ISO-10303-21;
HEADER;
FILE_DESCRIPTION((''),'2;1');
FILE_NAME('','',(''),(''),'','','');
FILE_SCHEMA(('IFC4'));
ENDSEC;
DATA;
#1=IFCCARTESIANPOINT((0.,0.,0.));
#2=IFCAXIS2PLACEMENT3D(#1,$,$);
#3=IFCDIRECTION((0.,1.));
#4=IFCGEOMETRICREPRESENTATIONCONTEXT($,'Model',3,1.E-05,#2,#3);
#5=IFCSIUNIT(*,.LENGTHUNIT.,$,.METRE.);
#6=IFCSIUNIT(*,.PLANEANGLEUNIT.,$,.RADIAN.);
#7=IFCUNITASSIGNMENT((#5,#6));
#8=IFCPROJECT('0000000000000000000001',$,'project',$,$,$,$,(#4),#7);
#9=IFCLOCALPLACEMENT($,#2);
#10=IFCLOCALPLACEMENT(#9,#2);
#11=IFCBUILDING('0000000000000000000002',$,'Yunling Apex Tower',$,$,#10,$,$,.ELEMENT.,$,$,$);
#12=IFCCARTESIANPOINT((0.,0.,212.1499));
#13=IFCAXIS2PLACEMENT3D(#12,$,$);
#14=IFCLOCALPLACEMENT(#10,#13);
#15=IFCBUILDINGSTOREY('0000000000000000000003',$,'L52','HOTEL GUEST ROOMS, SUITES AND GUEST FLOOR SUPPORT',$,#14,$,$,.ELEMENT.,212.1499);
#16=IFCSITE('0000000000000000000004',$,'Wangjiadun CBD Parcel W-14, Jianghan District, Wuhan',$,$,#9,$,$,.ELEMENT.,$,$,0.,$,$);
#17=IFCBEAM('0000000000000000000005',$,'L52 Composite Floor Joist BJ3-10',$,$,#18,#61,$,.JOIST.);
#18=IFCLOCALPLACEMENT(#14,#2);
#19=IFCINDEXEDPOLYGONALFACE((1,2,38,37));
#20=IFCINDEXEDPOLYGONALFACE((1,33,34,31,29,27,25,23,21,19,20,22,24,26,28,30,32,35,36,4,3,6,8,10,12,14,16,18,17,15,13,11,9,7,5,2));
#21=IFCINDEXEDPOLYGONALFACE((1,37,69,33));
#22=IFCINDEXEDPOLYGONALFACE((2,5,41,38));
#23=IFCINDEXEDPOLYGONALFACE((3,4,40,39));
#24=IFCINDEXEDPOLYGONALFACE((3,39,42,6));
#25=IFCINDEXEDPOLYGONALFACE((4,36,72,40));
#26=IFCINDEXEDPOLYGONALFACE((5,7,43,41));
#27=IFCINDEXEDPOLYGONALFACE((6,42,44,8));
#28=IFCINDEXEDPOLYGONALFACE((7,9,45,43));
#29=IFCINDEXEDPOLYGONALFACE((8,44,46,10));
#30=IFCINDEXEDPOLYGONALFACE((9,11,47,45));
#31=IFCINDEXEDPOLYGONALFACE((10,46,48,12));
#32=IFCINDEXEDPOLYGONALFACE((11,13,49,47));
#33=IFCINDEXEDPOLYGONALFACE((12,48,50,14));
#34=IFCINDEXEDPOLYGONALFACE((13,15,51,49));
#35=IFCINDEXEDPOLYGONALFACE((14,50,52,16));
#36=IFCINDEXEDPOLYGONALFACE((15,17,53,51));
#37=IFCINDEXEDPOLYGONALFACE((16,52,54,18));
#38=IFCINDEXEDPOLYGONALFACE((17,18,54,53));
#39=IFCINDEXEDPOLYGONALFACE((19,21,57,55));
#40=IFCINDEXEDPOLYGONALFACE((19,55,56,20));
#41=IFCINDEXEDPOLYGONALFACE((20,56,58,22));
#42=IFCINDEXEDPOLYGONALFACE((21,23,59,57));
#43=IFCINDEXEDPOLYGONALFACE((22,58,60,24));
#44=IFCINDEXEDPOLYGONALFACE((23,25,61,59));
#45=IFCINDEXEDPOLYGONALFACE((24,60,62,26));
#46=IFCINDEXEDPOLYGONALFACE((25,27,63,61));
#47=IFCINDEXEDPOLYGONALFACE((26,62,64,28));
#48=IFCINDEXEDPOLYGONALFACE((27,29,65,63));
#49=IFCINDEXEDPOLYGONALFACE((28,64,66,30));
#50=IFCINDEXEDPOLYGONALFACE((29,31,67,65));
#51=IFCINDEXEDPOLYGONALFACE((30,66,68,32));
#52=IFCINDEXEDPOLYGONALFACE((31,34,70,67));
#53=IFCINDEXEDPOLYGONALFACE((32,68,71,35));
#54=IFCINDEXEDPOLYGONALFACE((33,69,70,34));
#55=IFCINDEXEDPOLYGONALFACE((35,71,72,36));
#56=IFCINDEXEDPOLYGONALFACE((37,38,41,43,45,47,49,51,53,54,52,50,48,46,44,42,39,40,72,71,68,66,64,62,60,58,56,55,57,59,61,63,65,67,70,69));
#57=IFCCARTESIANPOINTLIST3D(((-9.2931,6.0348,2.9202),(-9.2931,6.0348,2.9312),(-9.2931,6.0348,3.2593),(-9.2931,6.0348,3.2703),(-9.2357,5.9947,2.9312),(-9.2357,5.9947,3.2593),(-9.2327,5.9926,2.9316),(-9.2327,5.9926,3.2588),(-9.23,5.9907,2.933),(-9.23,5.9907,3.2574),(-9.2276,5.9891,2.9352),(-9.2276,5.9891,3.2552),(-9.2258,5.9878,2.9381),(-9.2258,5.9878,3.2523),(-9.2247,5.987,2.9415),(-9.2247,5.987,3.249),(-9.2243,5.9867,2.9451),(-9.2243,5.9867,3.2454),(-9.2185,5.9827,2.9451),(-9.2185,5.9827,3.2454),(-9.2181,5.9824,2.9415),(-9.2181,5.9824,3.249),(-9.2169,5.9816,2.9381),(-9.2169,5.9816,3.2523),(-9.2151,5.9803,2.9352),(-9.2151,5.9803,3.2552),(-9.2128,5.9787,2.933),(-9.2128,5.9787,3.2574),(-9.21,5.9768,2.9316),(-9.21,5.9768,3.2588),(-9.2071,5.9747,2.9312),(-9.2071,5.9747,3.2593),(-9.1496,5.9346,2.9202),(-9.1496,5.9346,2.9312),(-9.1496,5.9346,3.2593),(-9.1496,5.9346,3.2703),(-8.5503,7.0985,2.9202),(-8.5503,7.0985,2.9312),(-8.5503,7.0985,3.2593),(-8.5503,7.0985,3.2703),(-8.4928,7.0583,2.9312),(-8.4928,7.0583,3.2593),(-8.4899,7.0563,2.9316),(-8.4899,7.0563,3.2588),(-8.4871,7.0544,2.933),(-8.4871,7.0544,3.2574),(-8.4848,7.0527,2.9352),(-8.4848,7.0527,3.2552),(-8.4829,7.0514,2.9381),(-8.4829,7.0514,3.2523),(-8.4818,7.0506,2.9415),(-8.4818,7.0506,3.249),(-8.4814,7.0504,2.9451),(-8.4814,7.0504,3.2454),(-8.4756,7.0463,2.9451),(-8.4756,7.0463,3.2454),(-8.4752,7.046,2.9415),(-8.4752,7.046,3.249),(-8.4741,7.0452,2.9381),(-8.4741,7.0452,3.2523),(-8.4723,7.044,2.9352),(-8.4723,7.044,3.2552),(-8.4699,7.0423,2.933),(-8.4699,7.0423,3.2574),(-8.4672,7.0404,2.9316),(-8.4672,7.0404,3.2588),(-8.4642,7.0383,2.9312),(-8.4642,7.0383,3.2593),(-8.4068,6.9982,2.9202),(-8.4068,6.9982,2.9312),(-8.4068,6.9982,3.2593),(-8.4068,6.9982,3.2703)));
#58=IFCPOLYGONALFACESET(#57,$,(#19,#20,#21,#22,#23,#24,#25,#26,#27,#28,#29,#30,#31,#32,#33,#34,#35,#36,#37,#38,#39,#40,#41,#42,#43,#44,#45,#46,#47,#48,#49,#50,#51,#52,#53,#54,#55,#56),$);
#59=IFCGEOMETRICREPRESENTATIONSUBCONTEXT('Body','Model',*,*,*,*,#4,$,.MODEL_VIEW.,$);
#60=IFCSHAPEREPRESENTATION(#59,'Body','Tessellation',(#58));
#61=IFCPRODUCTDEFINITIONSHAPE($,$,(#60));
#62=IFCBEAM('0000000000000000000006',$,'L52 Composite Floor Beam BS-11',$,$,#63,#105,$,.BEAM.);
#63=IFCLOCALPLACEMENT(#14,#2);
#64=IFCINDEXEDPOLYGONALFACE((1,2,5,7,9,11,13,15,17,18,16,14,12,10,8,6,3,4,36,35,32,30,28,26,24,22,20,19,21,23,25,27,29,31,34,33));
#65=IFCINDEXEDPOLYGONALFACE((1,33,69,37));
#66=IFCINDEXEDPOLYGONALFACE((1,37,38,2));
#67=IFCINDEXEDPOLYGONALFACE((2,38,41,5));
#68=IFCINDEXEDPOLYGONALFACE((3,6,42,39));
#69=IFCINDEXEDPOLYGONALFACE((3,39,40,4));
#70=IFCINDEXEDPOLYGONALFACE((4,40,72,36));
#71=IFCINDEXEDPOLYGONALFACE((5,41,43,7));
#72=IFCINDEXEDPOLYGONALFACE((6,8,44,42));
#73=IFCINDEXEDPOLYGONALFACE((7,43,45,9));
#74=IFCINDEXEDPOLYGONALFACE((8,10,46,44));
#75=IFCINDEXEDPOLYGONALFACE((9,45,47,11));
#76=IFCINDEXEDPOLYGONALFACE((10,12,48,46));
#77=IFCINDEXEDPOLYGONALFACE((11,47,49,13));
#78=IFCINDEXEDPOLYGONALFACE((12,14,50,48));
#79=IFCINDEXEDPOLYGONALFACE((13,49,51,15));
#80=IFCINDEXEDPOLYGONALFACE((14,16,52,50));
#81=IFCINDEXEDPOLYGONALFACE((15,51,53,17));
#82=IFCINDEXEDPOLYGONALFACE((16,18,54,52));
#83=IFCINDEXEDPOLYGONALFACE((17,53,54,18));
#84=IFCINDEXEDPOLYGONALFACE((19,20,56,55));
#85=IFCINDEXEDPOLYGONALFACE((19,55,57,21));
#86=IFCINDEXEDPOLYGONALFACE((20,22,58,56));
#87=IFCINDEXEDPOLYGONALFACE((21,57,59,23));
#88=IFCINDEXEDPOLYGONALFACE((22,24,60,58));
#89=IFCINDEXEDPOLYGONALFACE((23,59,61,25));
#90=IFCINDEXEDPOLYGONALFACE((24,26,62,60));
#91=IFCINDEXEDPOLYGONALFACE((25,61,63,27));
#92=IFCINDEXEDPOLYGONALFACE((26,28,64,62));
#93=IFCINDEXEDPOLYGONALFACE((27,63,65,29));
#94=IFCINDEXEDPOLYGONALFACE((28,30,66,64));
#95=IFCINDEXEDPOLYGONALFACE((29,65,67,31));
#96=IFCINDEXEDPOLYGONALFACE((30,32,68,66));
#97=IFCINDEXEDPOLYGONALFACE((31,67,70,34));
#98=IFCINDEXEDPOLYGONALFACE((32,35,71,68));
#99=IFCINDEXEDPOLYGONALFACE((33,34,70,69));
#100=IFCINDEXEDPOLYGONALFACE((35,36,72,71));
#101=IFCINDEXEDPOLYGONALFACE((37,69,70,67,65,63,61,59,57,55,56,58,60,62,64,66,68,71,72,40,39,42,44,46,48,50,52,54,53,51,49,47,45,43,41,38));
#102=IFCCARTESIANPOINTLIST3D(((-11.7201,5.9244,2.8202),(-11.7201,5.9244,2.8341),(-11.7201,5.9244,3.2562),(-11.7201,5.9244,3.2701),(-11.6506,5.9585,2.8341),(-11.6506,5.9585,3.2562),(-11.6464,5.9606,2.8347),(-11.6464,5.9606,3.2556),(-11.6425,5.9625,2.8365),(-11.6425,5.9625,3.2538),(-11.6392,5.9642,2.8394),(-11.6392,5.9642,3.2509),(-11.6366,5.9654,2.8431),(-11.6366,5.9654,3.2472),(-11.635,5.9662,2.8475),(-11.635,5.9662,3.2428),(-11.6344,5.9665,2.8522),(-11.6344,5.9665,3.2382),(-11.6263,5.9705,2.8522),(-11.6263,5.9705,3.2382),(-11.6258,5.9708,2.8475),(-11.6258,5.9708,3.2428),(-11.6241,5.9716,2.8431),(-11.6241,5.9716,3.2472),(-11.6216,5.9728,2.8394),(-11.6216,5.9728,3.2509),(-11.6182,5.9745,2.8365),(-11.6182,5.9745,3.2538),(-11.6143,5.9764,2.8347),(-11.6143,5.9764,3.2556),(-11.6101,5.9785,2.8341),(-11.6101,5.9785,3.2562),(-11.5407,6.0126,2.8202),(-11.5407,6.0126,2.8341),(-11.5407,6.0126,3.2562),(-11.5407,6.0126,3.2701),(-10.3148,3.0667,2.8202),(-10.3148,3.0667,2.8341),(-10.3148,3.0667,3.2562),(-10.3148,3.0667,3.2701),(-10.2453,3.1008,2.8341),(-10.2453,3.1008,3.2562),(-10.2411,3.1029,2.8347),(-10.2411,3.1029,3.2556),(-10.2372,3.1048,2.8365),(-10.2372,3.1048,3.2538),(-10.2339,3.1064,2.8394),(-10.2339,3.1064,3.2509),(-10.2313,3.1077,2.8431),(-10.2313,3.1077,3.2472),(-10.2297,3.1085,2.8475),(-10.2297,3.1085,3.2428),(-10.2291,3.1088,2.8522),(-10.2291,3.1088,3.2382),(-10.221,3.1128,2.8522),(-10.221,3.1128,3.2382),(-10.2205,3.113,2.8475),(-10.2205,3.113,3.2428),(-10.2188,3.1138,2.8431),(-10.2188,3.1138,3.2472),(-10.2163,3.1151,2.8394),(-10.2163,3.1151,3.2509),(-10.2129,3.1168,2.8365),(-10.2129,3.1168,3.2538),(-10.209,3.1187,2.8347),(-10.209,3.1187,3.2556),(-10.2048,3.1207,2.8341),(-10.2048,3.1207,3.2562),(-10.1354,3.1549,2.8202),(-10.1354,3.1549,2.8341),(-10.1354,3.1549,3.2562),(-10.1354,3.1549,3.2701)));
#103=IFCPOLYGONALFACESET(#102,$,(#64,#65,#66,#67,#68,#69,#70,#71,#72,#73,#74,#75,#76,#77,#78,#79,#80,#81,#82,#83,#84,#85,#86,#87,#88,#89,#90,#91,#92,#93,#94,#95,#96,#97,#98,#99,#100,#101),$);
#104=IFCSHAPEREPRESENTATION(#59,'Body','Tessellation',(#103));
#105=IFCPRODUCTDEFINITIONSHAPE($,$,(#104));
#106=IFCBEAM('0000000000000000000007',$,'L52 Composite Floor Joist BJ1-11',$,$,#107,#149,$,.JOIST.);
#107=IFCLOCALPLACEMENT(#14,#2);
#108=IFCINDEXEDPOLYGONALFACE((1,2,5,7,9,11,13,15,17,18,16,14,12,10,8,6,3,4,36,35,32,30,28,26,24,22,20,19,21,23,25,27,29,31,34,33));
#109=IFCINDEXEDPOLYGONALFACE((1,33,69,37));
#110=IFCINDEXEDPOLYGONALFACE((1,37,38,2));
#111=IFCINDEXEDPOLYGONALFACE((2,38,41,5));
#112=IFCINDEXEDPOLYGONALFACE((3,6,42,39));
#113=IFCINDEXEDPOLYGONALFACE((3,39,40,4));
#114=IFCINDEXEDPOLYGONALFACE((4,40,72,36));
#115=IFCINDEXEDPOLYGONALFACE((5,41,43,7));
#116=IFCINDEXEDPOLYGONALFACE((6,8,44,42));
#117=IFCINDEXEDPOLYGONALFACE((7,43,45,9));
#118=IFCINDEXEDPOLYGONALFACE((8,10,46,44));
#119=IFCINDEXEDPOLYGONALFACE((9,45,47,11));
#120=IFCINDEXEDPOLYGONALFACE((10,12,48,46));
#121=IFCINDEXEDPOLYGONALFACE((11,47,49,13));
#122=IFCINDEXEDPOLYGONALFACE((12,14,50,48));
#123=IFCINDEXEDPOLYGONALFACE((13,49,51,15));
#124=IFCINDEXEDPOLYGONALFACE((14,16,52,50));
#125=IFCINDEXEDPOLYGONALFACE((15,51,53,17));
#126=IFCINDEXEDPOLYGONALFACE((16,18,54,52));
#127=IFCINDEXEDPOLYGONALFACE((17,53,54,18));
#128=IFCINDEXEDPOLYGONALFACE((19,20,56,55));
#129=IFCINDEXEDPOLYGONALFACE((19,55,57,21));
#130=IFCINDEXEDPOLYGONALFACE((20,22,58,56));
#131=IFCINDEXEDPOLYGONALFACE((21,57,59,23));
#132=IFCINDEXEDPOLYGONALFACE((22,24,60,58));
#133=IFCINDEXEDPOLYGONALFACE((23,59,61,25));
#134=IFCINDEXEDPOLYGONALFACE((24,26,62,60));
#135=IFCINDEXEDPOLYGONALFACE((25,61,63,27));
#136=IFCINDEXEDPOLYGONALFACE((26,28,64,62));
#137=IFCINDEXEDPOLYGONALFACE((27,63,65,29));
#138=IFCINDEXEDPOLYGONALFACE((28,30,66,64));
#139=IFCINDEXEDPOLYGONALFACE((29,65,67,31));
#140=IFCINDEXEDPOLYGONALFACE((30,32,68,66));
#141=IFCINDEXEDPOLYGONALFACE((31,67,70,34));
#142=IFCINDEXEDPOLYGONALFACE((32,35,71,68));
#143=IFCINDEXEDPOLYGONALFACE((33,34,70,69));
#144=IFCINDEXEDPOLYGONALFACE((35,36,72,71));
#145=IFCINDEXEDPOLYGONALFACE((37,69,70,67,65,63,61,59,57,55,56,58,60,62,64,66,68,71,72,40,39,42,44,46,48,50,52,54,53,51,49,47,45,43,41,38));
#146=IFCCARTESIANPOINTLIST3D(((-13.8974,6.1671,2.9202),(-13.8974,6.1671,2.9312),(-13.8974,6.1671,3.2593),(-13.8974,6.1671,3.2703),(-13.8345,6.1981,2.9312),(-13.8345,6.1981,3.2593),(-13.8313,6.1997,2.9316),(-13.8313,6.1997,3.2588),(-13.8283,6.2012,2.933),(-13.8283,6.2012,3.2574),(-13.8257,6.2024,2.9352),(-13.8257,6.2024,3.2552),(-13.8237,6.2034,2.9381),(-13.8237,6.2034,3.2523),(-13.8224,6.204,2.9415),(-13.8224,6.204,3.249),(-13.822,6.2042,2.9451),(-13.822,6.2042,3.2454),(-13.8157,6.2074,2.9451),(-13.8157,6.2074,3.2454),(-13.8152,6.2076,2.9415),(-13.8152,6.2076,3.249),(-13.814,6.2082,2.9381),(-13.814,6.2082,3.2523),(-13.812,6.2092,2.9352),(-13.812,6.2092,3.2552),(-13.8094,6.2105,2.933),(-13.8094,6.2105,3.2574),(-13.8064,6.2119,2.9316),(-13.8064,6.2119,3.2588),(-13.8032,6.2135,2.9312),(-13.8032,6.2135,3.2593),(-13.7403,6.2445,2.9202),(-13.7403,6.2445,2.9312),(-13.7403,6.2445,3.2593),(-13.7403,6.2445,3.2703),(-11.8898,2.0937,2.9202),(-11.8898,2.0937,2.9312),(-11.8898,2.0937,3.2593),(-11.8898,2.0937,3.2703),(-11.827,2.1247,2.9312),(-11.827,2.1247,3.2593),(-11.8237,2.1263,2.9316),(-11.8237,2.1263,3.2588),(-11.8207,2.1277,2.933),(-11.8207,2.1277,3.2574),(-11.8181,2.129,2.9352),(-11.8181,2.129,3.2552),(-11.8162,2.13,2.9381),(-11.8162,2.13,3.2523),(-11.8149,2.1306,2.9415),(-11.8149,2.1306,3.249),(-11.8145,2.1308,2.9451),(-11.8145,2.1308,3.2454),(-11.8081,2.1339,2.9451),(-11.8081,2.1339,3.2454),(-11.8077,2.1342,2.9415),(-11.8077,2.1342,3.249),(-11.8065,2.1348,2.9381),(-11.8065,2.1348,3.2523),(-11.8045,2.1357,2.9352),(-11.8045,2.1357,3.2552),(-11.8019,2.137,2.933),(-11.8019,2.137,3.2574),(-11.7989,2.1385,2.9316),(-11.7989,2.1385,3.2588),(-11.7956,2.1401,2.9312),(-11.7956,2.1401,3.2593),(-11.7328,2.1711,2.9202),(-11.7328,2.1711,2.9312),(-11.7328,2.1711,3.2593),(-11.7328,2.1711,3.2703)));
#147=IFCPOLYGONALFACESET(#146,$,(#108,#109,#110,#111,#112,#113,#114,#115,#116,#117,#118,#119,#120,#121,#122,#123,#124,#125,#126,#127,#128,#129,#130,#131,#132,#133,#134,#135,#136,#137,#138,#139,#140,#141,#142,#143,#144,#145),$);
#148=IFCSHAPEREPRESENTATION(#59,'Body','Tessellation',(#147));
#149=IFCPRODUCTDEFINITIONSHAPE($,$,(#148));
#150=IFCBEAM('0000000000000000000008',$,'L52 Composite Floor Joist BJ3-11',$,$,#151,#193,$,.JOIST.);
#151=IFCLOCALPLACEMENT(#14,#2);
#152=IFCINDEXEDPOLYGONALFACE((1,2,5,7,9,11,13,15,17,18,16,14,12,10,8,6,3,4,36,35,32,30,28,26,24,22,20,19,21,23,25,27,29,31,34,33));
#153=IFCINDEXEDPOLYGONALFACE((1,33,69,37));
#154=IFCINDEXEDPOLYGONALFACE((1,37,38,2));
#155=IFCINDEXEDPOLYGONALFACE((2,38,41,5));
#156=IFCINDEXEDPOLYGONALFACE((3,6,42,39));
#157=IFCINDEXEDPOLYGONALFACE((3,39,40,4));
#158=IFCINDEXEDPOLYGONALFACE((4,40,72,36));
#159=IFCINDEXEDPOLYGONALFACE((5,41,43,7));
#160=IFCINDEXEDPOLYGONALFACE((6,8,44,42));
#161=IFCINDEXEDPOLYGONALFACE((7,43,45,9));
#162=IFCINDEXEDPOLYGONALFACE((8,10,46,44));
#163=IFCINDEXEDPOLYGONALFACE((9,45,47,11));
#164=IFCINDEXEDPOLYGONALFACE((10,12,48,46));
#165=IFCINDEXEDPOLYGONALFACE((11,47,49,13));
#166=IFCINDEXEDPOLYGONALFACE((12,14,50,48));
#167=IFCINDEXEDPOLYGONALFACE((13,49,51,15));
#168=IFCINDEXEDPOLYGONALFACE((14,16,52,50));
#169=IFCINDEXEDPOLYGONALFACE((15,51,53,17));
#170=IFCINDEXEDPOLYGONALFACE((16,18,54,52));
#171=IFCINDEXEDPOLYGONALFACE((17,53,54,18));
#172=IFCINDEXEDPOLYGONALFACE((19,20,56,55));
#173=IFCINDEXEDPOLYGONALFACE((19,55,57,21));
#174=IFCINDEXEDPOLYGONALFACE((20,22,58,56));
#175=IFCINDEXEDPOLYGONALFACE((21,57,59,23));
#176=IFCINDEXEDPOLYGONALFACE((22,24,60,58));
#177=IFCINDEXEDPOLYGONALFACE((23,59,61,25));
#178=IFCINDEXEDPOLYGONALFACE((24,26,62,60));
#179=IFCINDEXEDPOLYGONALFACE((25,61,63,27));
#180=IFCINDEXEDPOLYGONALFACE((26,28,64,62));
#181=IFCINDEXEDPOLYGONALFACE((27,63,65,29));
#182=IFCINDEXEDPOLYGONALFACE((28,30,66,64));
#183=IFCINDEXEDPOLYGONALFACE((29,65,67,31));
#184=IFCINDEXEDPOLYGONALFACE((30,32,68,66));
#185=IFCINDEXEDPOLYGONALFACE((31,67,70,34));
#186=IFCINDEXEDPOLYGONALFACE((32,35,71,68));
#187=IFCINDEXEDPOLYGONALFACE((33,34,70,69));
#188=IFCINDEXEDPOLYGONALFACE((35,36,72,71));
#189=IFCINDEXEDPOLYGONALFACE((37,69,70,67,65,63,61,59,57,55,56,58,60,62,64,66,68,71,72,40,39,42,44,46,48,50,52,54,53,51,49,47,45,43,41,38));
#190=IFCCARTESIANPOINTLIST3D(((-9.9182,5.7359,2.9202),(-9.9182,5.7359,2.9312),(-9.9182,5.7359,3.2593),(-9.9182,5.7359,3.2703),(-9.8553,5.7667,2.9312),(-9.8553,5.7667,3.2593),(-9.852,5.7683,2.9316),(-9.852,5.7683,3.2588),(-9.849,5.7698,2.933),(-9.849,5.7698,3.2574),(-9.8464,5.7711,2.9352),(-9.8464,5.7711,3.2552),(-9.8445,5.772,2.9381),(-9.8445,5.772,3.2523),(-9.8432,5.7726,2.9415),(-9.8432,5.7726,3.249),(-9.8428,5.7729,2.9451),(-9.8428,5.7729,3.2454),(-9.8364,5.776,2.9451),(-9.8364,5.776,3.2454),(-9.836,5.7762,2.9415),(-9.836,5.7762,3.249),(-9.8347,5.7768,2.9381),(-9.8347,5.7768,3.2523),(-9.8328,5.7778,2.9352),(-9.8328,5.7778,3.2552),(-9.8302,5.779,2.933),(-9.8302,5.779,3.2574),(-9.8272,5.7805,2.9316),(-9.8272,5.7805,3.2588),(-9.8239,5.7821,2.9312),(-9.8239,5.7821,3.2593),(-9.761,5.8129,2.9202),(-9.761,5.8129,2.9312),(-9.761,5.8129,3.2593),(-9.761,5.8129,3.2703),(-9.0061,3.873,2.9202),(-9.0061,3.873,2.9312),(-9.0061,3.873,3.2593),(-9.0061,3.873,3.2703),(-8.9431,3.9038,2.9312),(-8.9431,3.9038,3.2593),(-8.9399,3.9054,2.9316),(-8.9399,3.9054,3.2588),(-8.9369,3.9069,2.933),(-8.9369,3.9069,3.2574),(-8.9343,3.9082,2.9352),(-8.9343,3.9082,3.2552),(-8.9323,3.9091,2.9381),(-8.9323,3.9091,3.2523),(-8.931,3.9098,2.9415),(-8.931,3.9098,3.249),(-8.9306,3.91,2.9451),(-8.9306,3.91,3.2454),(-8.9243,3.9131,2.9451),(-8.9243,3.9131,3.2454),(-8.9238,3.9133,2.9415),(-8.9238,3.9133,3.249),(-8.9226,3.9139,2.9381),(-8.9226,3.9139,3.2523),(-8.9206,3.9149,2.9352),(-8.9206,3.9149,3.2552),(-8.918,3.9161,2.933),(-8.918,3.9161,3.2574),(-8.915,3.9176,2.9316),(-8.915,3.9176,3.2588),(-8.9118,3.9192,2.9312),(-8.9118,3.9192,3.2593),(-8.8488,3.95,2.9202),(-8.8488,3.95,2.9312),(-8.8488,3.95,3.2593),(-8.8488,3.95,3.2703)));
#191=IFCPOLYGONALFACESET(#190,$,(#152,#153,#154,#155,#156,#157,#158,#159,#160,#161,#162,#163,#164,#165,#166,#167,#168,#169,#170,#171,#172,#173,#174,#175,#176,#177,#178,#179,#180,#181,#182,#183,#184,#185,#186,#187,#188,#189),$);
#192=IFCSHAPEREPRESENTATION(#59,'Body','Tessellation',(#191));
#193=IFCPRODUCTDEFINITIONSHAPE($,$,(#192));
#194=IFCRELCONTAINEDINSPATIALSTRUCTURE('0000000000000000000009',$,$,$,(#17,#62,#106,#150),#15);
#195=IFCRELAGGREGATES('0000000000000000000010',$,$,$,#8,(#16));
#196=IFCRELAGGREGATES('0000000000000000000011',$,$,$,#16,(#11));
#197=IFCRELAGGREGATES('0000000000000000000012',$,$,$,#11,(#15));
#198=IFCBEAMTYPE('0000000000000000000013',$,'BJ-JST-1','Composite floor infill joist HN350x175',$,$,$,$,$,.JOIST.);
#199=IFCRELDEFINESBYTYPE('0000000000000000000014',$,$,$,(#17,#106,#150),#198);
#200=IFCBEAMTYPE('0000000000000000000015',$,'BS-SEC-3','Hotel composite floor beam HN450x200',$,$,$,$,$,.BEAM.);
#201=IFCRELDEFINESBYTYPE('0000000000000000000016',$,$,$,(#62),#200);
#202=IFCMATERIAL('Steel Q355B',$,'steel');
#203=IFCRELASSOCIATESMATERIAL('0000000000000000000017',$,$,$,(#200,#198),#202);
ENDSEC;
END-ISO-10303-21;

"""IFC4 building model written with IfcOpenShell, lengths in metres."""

from ifc_helpers import new_model, si_unit, direction, frame, origin, origin_2d, place, context, subcontext, project, spatial, i_section, extrude, source, transform, mapped, material, material_profile, profile_set, type_object, element, save


model = new_model("IFC4")

# Units and contexts
model_context = context("Model", 3, precision=1e-05, world=origin(), true_north=direction((0.0, 1.0)))
body_context = subcontext(model_context, "Body", "Model", "MODEL_VIEW")
ifc_project = project(units=[si_unit("LENGTHUNIT", "METRE"), si_unit("PLANEANGLEUNIT", "RADIAN")], contexts=[model_context])

# Site, building, storey
site_placement = place(None, origin())
site = spatial("IfcSite", under=ifc_project, at=site_placement, Name="Wangjiadun CBD Parcel W-14, Jianghan District, Wuhan", CompositionType="ELEMENT", RefElevation=0.0)
building_placement = place(site_placement, origin())
building = spatial("IfcBuilding", under=site, at=building_placement, Name="Yunling Apex Tower", CompositionType="ELEMENT")
storey_placement = place(building_placement, frame((0.0, 0.0, 212.1499)))
storey = spatial("IfcBuildingStorey", under=building, at=storey_placement, Name="L52", Description="HOTEL GUEST ROOMS, SUITES AND GUEST FLOOR SUPPORT", CompositionType="ELEMENT", Elevation=212.1499)

# Beams
ifc_material_1 = material(Name="Steel Q355B", Category="steel")
ifc_material_profile_1 = material_profile(ifc_material_1, i_section(OverallWidth=0.2, OverallDepth=0.45, WebThickness=0.009, FlangeThickness=0.0139, FilletRadius=0.0181, at=origin_2d()))
ifc_profile_set_1 = profile_set([ifc_material_profile_1], Name="Steel Q355B")
beam_type_1 = type_object("IfcBeamType", Name="BS-SEC-3", Description="Hotel composite floor beam HN450x200", PredefinedType="BEAM", material=ifc_profile_set_1)
ifc_material_profile_2 = material_profile(ifc_material_1, i_section(OverallWidth=0.175, OverallDepth=0.3501, WebThickness=0.0071, FlangeThickness=0.011, FilletRadius=0.0139, at=origin_2d()))
ifc_profile_set_2 = profile_set([ifc_material_profile_2], Name="Steel Q355B")
beam_type_2 = type_object("IfcBeamType", Name="BJ-JST-1", Description="Composite floor infill joist HN350x175", PredefinedType="JOIST", material=ifc_profile_set_2)
shared_shape_1 = source(origin(), body_context, "Body", "SweptSolid", [
    extrude(i_section(OverallWidth=0.175, OverallDepth=0.3501, WebThickness=0.0071, FlangeThickness=0.011, FilletRadius=0.0139, at=origin_2d()), origin(), (0.0, 0.0, 1.0), 1.2974),
])
beam_1_placement = place(storey_placement, frame((-8.4785, 7.0483, 3.0952), z_axis=(-0.572591, -0.819841, 0.0), x_axis=(0.819841, -0.572591, 0.0)))
element("IfcBeam", 1, at=beam_1_placement, inside=storey, type_object=beam_type_2, Name="L52 Composite Floor Joist BJ3-10", PredefinedType="JOIST", context=body_context, shape_type="MappedRepresentation", body=[
    mapped(shared_shape_1, transform((0.0, 0.0, 0.0), scale=1.0)),
])
shared_shape_2 = source(origin(), body_context, "Body", "SweptSolid", [
    extrude(i_section(OverallWidth=0.2, OverallDepth=0.45, WebThickness=0.009, FlangeThickness=0.0139, FilletRadius=0.0181, at=origin_2d()), origin(), (0.0, 0.0, 1.0), 3.1846),
])
beam_2_placement = place(storey_placement, frame((-11.6304, 5.9685, 3.0452), z_axis=(0.441285, -0.897367, 0.0), x_axis=(0.897367, 0.441285, 0.0)))
element("IfcBeam", 2, at=beam_2_placement, inside=storey, type_object=beam_type_1, Name="L52 Composite Floor Beam BS-11", PredefinedType="BEAM", context=body_context, shape_type="MappedRepresentation", body=[
    mapped(shared_shape_2, transform((0.0, 0.0, 0.0), scale=1.0)),
])
shared_shape_3 = source(origin(), body_context, "Body", "SweptSolid", [
    extrude(i_section(OverallWidth=0.175, OverallDepth=0.3501, WebThickness=0.0071, FlangeThickness=0.011, FilletRadius=0.0139, at=origin_2d()), origin(), (0.0, 0.0, 1.0), 4.5413),
])
beam_3_placement = place(storey_placement, frame((-13.8188, 6.2058, 3.0952), z_axis=(0.442067, -0.896982, 0.0), x_axis=(0.896982, 0.442067, 0.0)))
element("IfcBeam", 3, at=beam_3_placement, inside=storey, type_object=beam_type_2, Name="L52 Composite Floor Joist BJ1-11", PredefinedType="JOIST", context=body_context, shape_type="MappedRepresentation", body=[
    mapped(shared_shape_3, transform((0.0, 0.0, 0.0), scale=1.0)),
])
shared_shape_4 = source(origin(), body_context, "Body", "SweptSolid", [
    extrude(i_section(OverallWidth=0.175, OverallDepth=0.3501, WebThickness=0.0071, FlangeThickness=0.011, FilletRadius=0.0139, at=origin_2d()), origin(), (0.0, 0.0, 1.0), 2.0742),
])
beam_4_placement = place(storey_placement, frame((-9.8396, 5.7744, 3.0952), z_axis=(0.439759, -0.898116, 0.0), x_axis=(0.898116, 0.439759, 0.0)))
element("IfcBeam", 4, at=beam_4_placement, inside=storey, type_object=beam_type_2, Name="L52 Composite Floor Joist BJ3-11", PredefinedType="JOIST", context=body_context, shape_type="MappedRepresentation", body=[
    mapped(shared_shape_4, transform((0.0, 0.0, 0.0), scale=1.0)),
])

save(model, "model.ifc")
